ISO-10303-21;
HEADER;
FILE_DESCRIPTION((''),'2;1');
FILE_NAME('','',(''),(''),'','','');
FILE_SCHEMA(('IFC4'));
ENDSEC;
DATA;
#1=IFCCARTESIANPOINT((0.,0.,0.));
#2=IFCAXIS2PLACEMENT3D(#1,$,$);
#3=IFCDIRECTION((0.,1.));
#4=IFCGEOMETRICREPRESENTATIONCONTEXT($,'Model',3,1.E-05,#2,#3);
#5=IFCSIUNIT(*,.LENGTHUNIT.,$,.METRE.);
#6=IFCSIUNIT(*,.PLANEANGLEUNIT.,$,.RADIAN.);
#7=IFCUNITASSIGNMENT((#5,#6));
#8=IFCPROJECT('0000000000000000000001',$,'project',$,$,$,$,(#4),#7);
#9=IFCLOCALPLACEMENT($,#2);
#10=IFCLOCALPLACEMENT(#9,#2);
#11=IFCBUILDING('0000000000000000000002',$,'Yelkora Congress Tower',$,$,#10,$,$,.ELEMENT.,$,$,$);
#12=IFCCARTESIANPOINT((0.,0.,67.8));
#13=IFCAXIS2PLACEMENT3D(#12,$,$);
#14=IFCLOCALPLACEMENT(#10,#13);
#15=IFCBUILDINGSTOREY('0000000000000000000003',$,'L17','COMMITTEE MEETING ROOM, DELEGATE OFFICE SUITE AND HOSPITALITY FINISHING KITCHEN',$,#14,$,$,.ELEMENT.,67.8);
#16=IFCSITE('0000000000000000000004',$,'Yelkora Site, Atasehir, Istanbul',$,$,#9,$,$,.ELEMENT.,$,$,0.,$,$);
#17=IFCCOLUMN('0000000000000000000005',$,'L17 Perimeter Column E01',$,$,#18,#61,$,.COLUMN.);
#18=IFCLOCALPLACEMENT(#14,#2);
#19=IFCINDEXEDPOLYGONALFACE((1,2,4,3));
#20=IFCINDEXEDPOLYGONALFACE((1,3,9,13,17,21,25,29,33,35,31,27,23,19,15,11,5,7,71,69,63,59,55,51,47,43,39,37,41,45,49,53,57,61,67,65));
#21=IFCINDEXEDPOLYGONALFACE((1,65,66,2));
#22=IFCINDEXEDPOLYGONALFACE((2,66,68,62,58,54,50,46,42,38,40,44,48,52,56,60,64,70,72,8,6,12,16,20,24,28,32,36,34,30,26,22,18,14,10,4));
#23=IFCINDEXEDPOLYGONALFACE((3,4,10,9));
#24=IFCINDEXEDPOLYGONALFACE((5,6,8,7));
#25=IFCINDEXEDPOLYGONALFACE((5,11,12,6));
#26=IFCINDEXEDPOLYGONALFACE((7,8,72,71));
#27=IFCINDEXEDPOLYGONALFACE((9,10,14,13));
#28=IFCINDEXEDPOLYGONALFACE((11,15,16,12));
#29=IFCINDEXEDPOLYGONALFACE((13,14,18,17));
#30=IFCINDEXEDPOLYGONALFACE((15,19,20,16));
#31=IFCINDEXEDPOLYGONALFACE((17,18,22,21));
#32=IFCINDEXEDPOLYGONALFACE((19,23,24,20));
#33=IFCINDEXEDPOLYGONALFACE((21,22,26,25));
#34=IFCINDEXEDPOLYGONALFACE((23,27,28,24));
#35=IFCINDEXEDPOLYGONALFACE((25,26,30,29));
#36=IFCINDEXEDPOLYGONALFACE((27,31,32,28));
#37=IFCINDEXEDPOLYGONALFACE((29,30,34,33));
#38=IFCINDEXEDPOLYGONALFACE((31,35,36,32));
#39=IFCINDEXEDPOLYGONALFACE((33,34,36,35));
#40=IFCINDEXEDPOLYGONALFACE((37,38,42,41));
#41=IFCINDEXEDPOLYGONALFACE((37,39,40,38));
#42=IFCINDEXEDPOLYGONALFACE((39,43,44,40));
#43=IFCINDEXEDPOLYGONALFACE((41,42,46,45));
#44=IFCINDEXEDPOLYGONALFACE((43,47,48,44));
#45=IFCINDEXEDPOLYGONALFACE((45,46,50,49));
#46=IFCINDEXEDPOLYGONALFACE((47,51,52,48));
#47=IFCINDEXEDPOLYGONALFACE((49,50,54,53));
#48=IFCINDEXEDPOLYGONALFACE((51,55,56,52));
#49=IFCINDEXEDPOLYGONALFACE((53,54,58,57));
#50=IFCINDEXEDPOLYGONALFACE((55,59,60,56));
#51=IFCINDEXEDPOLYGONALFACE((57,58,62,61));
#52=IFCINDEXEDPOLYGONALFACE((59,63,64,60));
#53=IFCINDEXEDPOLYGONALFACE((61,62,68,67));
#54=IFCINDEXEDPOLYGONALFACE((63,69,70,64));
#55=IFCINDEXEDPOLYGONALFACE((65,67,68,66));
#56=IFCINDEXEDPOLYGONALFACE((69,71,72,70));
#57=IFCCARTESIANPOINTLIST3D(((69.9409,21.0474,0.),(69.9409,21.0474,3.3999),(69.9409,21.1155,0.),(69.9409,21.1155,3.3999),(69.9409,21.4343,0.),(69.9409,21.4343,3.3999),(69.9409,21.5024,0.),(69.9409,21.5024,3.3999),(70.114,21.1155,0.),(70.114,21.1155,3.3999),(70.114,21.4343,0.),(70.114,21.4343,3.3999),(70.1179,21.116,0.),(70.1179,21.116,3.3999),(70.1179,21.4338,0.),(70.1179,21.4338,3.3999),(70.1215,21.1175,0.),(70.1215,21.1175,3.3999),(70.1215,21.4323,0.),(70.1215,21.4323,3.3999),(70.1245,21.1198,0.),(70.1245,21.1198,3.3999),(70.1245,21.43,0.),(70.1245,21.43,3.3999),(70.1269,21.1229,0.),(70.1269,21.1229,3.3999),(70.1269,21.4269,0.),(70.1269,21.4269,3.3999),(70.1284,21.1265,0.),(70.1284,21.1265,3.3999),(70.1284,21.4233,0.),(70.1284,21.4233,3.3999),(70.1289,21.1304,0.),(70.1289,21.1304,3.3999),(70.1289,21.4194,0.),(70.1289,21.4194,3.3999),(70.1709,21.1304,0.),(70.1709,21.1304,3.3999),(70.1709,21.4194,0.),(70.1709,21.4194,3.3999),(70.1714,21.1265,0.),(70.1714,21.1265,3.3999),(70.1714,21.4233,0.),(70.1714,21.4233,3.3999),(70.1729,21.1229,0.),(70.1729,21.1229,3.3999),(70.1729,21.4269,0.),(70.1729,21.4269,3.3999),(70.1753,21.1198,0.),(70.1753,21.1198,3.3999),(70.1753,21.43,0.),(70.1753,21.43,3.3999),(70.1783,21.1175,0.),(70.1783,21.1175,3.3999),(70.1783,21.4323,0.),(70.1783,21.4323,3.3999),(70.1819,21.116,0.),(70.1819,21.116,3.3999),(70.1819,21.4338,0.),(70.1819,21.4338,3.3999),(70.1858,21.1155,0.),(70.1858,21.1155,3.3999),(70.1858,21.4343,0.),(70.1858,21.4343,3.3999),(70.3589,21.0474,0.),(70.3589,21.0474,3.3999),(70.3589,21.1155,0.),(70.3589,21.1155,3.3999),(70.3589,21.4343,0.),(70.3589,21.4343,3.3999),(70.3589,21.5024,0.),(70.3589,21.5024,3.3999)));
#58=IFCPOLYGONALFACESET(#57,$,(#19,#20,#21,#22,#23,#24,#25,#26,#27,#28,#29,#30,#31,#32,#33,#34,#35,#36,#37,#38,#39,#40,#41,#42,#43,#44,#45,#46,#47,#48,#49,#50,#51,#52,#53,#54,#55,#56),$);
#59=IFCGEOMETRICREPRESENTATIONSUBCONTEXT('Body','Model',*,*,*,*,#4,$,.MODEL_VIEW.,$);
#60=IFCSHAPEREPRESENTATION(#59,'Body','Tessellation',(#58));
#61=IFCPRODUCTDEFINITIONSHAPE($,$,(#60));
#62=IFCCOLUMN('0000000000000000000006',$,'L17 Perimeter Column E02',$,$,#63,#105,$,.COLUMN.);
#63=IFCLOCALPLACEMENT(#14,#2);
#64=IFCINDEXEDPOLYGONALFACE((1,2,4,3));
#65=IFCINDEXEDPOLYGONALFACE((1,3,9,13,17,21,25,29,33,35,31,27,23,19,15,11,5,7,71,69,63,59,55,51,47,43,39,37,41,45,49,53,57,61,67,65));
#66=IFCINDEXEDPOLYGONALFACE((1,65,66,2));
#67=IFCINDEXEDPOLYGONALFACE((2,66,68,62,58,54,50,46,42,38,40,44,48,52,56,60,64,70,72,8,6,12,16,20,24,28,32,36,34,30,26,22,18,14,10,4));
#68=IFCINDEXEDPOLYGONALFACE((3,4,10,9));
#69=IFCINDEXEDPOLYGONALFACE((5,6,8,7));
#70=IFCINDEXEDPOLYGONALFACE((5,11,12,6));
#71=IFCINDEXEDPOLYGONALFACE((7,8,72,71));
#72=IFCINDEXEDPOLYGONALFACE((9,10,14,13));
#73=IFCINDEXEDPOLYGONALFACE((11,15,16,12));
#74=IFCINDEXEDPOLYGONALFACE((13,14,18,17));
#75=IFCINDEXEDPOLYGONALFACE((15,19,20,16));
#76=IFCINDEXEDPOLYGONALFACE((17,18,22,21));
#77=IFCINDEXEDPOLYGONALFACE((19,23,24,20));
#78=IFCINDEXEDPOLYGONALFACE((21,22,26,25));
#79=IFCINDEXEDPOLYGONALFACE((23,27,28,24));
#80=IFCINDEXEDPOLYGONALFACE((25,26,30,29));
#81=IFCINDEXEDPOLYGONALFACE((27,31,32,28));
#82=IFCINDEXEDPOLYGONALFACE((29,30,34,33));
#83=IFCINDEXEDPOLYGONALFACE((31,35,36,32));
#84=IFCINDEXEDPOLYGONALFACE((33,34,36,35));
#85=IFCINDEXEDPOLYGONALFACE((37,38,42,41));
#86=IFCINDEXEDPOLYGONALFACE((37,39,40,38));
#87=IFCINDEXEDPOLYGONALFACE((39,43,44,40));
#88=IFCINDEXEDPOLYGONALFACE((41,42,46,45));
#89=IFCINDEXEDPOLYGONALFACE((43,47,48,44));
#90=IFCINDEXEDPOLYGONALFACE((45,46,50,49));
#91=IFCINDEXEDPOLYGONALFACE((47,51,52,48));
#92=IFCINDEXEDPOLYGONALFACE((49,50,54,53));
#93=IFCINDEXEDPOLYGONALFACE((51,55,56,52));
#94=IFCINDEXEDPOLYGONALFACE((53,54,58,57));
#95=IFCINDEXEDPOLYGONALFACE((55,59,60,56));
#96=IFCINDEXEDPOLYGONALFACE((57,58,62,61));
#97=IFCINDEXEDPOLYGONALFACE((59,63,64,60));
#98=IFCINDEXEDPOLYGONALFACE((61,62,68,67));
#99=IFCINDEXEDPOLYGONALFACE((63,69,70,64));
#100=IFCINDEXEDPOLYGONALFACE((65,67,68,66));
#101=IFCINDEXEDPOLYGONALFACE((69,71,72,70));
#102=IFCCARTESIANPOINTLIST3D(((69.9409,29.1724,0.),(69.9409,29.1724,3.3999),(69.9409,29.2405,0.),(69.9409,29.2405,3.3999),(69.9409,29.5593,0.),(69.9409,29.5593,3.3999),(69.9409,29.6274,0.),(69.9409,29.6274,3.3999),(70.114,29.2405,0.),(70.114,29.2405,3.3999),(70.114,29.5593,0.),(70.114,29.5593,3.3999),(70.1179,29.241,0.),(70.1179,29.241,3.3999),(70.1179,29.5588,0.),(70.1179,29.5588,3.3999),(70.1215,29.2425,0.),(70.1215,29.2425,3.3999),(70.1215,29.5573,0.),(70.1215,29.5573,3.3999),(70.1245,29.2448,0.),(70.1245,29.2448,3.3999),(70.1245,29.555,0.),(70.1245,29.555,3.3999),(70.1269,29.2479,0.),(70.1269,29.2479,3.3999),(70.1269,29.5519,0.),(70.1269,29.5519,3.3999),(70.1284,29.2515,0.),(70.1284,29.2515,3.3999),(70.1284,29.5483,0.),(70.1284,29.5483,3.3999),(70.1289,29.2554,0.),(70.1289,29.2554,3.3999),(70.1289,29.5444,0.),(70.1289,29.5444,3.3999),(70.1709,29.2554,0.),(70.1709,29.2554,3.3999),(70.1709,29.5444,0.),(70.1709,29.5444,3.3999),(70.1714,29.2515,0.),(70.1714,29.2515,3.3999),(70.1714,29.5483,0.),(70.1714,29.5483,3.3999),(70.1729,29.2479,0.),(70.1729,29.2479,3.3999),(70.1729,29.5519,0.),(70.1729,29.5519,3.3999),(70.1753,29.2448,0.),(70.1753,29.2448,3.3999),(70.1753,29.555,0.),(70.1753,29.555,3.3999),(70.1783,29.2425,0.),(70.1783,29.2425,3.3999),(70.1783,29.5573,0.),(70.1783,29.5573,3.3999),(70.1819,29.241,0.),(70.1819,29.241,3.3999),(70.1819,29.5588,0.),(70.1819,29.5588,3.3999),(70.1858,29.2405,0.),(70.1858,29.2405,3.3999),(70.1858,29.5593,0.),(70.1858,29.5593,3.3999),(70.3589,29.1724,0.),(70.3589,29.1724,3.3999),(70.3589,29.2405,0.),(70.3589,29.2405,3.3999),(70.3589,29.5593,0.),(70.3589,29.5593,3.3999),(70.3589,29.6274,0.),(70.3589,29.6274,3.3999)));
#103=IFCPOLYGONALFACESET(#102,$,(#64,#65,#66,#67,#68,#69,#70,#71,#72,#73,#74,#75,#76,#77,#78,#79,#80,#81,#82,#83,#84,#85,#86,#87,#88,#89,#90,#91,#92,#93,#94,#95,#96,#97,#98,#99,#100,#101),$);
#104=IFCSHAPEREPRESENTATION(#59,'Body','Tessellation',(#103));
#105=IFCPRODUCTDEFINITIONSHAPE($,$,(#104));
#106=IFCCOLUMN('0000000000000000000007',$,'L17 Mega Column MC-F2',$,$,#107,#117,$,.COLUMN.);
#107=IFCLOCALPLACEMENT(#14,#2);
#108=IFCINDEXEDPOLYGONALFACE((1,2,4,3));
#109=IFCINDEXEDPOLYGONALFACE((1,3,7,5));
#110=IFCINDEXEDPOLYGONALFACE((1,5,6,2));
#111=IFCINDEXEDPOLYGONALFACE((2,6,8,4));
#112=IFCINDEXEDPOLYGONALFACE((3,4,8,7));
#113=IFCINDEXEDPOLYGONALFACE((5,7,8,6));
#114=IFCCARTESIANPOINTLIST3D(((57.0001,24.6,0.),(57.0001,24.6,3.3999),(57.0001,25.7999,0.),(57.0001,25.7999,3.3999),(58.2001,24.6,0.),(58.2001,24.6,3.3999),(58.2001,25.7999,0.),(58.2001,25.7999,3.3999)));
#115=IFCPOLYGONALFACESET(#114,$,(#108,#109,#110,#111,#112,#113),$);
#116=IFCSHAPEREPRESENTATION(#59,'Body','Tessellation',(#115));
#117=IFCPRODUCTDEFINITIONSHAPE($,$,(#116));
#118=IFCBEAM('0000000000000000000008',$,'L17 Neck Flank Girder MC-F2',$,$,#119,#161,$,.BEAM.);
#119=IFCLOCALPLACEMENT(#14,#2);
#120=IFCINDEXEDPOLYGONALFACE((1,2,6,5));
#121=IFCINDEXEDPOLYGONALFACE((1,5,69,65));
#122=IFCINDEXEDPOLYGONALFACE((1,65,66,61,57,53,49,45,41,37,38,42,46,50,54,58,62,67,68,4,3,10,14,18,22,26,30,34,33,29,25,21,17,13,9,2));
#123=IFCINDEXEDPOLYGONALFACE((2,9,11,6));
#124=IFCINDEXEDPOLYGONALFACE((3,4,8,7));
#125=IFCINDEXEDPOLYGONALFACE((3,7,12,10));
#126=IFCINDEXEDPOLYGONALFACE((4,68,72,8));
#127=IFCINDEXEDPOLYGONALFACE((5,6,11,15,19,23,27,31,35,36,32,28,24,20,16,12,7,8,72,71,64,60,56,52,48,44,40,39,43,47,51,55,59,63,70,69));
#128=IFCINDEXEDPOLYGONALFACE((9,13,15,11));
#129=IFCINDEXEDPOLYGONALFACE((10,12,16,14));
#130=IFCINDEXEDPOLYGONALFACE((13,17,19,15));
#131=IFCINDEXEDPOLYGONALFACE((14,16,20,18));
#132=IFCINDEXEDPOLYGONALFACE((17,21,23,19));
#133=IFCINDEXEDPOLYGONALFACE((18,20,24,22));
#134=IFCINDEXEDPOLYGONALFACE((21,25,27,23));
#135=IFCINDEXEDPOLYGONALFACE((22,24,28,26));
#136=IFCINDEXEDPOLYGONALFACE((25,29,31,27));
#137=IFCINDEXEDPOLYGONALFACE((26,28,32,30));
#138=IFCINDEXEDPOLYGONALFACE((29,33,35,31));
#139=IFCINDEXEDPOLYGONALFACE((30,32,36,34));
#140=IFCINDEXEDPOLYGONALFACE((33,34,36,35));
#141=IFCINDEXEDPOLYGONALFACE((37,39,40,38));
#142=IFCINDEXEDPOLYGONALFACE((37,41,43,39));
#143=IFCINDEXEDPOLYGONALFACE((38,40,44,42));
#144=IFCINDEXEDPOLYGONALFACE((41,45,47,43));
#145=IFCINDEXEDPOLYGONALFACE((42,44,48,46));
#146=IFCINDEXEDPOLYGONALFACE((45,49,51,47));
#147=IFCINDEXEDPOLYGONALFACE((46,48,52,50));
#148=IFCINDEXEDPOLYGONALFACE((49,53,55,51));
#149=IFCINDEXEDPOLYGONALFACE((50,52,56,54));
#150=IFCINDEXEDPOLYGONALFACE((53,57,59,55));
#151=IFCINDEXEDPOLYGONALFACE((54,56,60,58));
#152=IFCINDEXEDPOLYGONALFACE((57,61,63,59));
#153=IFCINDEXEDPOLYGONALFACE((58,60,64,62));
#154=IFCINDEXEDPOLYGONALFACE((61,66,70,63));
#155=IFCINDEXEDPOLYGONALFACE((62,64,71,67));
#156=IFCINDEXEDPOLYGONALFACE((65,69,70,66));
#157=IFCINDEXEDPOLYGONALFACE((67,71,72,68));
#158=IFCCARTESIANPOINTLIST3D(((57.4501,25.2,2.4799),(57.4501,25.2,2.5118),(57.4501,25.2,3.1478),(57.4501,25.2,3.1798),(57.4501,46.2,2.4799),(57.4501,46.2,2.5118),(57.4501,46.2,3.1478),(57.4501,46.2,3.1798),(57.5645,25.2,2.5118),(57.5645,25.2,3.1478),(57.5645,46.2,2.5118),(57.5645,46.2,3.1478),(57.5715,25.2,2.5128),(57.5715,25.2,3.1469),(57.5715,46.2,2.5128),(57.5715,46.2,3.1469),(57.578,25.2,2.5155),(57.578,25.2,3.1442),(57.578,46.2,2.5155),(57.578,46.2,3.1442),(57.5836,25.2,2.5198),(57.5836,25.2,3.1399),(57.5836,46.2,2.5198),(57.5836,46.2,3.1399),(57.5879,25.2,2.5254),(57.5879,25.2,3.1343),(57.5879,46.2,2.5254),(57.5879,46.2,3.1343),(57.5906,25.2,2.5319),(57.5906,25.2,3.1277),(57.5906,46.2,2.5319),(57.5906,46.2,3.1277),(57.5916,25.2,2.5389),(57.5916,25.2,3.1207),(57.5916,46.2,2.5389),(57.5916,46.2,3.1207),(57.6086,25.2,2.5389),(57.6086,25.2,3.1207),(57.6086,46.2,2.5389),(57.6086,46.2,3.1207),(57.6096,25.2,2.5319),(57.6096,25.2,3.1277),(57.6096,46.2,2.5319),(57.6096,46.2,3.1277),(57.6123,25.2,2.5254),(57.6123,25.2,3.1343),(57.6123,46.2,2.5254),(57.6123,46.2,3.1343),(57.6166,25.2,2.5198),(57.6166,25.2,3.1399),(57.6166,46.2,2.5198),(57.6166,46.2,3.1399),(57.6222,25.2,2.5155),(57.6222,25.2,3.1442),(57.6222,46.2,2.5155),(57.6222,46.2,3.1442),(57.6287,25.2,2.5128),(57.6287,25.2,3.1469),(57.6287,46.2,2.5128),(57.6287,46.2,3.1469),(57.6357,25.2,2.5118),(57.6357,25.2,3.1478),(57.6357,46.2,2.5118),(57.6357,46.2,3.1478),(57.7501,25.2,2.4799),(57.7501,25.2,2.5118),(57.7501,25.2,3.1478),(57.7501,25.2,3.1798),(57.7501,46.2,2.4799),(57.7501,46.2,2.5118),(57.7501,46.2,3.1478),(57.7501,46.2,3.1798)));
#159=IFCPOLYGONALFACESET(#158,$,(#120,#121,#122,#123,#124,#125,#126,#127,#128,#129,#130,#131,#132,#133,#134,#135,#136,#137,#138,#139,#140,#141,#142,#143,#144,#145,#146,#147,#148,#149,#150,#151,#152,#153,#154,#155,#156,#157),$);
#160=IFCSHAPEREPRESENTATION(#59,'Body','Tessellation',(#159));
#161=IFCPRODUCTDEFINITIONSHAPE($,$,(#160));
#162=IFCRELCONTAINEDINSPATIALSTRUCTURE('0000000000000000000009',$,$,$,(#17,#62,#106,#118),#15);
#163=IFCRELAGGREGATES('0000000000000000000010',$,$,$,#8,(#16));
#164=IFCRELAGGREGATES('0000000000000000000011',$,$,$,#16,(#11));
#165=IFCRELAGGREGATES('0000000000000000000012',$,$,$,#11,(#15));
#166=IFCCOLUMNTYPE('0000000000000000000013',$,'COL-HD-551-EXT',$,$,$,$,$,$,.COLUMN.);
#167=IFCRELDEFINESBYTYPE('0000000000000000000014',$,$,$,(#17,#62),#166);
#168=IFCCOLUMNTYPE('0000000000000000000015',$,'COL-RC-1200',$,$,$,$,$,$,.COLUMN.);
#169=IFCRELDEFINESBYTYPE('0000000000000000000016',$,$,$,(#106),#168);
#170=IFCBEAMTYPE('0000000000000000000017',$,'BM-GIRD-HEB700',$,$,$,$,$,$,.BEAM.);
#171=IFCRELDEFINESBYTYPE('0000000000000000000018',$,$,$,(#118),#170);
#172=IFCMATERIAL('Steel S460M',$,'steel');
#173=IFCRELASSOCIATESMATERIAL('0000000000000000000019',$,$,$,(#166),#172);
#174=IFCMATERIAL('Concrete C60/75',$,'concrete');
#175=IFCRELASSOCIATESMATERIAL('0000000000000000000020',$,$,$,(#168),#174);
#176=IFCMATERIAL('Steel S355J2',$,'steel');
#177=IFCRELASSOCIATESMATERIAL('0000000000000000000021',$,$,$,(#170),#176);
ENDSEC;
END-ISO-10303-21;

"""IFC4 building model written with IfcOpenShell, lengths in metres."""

from ifc_helpers import new_model, si_unit, direction, frame, origin, origin_2d, place, context, subcontext, project, spatial, rectangle, i_section, extrude, material, material_profile, profile_set, type_object, element, save


model = new_model("IFC4")

# Units and contexts
model_context = context("Model", 3, precision=1e-05, world=origin(), true_north=direction((0.0, 1.0)))
body_context = subcontext(model_context, "Body", "Model", "MODEL_VIEW")
ifc_project = project(units=[si_unit("LENGTHUNIT", "METRE"), si_unit("PLANEANGLEUNIT", "RADIAN")], contexts=[model_context])

# Site, building, storey
site_placement = place(None, origin())
site = spatial("IfcSite", under=ifc_project, at=site_placement, Name="Yelkora Site, Atasehir, Istanbul", CompositionType="ELEMENT", RefElevation=0.0)
building_placement = place(site_placement, origin())
building = spatial("IfcBuilding", under=site, at=building_placement, Name="Yelkora Congress Tower", CompositionType="ELEMENT")
storey_placement = place(building_placement, frame((0.0, 0.0, 67.8)))
storey = spatial("IfcBuildingStorey", under=building, at=storey_placement, Name="L17", Description="COMMITTEE MEETING ROOM, DELEGATE OFFICE SUITE AND HOSPITALITY FINISHING KITCHEN", CompositionType="ELEMENT", Elevation=67.8)

# Columns
ifc_material_1 = material(Name="Steel S460M", Category="steel")
ifc_material_profile_1 = material_profile(ifc_material_1, i_section(OverallWidth=0.418, OverallDepth=0.4551, WebThickness=0.042, FlangeThickness=0.0681, FilletRadius=0.0149, at=origin_2d()), Name="HD 400x551")
ifc_profile_set_1 = profile_set([ifc_material_profile_1], Name="Steel S460M")
column_type_1 = type_object("IfcColumnType", Name="COL-HD-551-EXT", PredefinedType="COLUMN", material=ifc_profile_set_1)
for number, where, z_axis, x_axis, name in (
    (1, (70.1499, 21.2749, 0.0), (0.0, 0.0, 1.0), (1.0, 0.0, 0.0), "L17 Perimeter Column E01"),
    (2, (70.1499, 29.3999, 0.0), (0.0, 0.0, 1.0), (1.0, 0.0, 0.0), "L17 Perimeter Column E02"),
):
    element("IfcColumn", number, at=place(storey_placement, frame(where, z_axis=z_axis, x_axis=x_axis)), inside=storey, type_object=column_type_1, Name=name, PredefinedType="COLUMN", context=body_context, shape_type="SweptSolid", body=[
        extrude(i_section(OverallWidth=0.418, OverallDepth=0.4551, WebThickness=0.042, FlangeThickness=0.0681, FilletRadius=0.0149, at=origin_2d()), origin(), (0.0, 0.0, 1.0), 3.3999),
    ])
ifc_material_2 = material(Name="Concrete C60/75", Category="concrete")
ifc_material_profile_2 = material_profile(ifc_material_2, rectangle(XDim=1.2, YDim=1.2, at=origin_2d()), Name="RC 1200x1200")
ifc_profile_set_2 = profile_set([ifc_material_profile_2], Name="Concrete C60/75")
column_type_2 = type_object("IfcColumnType", Name="COL-RC-1200", PredefinedType="COLUMN", material=ifc_profile_set_2)
column_placement = place(storey_placement, frame((57.6001, 25.2, 0.0), z_axis=(0.0, 0.0, 1.0), x_axis=(1.0, 0.0, 0.0)))
element("IfcColumn", 3, at=column_placement, inside=storey, type_object=column_type_2, Name="L17 Mega Column MC-F2", PredefinedType="COLUMN", context=body_context, shape_type="SweptSolid", body=[
    extrude(rectangle(XDim=1.2, YDim=1.2, at=origin_2d()), origin(), (0.0, 0.0, 1.0), 3.3999),
])

# Beam
ifc_material_3 = material(Name="Steel S355J2", Category="steel")
ifc_material_profile_3 = material_profile(ifc_material_3, i_section(OverallWidth=0.3, OverallDepth=0.7, WebThickness=0.0171, FlangeThickness=0.032, FilletRadius=0.0271, at=origin_2d()), Name="HEB 700")
ifc_profile_set_3 = profile_set([ifc_material_profile_3], Name="Steel S355J2")
beam_type_1 = type_object("IfcBeamType", Name="BM-GIRD-HEB700", PredefinedType="BEAM", material=ifc_profile_set_3)
beam_1_placement = place(storey_placement, frame((57.6001, 25.2, 2.8298), z_axis=(0.0, 1.0, 0.0), x_axis=(-1.0, 0.0, 0.0)))
element("IfcBeam", 4, at=beam_1_placement, inside=storey, type_object=beam_type_1, Name="L17 Neck Flank Girder MC-F2", PredefinedType="BEAM", context=body_context, shape_type="SweptSolid", body=[
    extrude(i_section(OverallWidth=0.3, OverallDepth=0.7, WebThickness=0.0171, FlangeThickness=0.032, FilletRadius=0.0271, at=origin_2d()), origin(), (0.0, 0.0, 1.0), 21.0),
])

save(model, "model.ifc")
